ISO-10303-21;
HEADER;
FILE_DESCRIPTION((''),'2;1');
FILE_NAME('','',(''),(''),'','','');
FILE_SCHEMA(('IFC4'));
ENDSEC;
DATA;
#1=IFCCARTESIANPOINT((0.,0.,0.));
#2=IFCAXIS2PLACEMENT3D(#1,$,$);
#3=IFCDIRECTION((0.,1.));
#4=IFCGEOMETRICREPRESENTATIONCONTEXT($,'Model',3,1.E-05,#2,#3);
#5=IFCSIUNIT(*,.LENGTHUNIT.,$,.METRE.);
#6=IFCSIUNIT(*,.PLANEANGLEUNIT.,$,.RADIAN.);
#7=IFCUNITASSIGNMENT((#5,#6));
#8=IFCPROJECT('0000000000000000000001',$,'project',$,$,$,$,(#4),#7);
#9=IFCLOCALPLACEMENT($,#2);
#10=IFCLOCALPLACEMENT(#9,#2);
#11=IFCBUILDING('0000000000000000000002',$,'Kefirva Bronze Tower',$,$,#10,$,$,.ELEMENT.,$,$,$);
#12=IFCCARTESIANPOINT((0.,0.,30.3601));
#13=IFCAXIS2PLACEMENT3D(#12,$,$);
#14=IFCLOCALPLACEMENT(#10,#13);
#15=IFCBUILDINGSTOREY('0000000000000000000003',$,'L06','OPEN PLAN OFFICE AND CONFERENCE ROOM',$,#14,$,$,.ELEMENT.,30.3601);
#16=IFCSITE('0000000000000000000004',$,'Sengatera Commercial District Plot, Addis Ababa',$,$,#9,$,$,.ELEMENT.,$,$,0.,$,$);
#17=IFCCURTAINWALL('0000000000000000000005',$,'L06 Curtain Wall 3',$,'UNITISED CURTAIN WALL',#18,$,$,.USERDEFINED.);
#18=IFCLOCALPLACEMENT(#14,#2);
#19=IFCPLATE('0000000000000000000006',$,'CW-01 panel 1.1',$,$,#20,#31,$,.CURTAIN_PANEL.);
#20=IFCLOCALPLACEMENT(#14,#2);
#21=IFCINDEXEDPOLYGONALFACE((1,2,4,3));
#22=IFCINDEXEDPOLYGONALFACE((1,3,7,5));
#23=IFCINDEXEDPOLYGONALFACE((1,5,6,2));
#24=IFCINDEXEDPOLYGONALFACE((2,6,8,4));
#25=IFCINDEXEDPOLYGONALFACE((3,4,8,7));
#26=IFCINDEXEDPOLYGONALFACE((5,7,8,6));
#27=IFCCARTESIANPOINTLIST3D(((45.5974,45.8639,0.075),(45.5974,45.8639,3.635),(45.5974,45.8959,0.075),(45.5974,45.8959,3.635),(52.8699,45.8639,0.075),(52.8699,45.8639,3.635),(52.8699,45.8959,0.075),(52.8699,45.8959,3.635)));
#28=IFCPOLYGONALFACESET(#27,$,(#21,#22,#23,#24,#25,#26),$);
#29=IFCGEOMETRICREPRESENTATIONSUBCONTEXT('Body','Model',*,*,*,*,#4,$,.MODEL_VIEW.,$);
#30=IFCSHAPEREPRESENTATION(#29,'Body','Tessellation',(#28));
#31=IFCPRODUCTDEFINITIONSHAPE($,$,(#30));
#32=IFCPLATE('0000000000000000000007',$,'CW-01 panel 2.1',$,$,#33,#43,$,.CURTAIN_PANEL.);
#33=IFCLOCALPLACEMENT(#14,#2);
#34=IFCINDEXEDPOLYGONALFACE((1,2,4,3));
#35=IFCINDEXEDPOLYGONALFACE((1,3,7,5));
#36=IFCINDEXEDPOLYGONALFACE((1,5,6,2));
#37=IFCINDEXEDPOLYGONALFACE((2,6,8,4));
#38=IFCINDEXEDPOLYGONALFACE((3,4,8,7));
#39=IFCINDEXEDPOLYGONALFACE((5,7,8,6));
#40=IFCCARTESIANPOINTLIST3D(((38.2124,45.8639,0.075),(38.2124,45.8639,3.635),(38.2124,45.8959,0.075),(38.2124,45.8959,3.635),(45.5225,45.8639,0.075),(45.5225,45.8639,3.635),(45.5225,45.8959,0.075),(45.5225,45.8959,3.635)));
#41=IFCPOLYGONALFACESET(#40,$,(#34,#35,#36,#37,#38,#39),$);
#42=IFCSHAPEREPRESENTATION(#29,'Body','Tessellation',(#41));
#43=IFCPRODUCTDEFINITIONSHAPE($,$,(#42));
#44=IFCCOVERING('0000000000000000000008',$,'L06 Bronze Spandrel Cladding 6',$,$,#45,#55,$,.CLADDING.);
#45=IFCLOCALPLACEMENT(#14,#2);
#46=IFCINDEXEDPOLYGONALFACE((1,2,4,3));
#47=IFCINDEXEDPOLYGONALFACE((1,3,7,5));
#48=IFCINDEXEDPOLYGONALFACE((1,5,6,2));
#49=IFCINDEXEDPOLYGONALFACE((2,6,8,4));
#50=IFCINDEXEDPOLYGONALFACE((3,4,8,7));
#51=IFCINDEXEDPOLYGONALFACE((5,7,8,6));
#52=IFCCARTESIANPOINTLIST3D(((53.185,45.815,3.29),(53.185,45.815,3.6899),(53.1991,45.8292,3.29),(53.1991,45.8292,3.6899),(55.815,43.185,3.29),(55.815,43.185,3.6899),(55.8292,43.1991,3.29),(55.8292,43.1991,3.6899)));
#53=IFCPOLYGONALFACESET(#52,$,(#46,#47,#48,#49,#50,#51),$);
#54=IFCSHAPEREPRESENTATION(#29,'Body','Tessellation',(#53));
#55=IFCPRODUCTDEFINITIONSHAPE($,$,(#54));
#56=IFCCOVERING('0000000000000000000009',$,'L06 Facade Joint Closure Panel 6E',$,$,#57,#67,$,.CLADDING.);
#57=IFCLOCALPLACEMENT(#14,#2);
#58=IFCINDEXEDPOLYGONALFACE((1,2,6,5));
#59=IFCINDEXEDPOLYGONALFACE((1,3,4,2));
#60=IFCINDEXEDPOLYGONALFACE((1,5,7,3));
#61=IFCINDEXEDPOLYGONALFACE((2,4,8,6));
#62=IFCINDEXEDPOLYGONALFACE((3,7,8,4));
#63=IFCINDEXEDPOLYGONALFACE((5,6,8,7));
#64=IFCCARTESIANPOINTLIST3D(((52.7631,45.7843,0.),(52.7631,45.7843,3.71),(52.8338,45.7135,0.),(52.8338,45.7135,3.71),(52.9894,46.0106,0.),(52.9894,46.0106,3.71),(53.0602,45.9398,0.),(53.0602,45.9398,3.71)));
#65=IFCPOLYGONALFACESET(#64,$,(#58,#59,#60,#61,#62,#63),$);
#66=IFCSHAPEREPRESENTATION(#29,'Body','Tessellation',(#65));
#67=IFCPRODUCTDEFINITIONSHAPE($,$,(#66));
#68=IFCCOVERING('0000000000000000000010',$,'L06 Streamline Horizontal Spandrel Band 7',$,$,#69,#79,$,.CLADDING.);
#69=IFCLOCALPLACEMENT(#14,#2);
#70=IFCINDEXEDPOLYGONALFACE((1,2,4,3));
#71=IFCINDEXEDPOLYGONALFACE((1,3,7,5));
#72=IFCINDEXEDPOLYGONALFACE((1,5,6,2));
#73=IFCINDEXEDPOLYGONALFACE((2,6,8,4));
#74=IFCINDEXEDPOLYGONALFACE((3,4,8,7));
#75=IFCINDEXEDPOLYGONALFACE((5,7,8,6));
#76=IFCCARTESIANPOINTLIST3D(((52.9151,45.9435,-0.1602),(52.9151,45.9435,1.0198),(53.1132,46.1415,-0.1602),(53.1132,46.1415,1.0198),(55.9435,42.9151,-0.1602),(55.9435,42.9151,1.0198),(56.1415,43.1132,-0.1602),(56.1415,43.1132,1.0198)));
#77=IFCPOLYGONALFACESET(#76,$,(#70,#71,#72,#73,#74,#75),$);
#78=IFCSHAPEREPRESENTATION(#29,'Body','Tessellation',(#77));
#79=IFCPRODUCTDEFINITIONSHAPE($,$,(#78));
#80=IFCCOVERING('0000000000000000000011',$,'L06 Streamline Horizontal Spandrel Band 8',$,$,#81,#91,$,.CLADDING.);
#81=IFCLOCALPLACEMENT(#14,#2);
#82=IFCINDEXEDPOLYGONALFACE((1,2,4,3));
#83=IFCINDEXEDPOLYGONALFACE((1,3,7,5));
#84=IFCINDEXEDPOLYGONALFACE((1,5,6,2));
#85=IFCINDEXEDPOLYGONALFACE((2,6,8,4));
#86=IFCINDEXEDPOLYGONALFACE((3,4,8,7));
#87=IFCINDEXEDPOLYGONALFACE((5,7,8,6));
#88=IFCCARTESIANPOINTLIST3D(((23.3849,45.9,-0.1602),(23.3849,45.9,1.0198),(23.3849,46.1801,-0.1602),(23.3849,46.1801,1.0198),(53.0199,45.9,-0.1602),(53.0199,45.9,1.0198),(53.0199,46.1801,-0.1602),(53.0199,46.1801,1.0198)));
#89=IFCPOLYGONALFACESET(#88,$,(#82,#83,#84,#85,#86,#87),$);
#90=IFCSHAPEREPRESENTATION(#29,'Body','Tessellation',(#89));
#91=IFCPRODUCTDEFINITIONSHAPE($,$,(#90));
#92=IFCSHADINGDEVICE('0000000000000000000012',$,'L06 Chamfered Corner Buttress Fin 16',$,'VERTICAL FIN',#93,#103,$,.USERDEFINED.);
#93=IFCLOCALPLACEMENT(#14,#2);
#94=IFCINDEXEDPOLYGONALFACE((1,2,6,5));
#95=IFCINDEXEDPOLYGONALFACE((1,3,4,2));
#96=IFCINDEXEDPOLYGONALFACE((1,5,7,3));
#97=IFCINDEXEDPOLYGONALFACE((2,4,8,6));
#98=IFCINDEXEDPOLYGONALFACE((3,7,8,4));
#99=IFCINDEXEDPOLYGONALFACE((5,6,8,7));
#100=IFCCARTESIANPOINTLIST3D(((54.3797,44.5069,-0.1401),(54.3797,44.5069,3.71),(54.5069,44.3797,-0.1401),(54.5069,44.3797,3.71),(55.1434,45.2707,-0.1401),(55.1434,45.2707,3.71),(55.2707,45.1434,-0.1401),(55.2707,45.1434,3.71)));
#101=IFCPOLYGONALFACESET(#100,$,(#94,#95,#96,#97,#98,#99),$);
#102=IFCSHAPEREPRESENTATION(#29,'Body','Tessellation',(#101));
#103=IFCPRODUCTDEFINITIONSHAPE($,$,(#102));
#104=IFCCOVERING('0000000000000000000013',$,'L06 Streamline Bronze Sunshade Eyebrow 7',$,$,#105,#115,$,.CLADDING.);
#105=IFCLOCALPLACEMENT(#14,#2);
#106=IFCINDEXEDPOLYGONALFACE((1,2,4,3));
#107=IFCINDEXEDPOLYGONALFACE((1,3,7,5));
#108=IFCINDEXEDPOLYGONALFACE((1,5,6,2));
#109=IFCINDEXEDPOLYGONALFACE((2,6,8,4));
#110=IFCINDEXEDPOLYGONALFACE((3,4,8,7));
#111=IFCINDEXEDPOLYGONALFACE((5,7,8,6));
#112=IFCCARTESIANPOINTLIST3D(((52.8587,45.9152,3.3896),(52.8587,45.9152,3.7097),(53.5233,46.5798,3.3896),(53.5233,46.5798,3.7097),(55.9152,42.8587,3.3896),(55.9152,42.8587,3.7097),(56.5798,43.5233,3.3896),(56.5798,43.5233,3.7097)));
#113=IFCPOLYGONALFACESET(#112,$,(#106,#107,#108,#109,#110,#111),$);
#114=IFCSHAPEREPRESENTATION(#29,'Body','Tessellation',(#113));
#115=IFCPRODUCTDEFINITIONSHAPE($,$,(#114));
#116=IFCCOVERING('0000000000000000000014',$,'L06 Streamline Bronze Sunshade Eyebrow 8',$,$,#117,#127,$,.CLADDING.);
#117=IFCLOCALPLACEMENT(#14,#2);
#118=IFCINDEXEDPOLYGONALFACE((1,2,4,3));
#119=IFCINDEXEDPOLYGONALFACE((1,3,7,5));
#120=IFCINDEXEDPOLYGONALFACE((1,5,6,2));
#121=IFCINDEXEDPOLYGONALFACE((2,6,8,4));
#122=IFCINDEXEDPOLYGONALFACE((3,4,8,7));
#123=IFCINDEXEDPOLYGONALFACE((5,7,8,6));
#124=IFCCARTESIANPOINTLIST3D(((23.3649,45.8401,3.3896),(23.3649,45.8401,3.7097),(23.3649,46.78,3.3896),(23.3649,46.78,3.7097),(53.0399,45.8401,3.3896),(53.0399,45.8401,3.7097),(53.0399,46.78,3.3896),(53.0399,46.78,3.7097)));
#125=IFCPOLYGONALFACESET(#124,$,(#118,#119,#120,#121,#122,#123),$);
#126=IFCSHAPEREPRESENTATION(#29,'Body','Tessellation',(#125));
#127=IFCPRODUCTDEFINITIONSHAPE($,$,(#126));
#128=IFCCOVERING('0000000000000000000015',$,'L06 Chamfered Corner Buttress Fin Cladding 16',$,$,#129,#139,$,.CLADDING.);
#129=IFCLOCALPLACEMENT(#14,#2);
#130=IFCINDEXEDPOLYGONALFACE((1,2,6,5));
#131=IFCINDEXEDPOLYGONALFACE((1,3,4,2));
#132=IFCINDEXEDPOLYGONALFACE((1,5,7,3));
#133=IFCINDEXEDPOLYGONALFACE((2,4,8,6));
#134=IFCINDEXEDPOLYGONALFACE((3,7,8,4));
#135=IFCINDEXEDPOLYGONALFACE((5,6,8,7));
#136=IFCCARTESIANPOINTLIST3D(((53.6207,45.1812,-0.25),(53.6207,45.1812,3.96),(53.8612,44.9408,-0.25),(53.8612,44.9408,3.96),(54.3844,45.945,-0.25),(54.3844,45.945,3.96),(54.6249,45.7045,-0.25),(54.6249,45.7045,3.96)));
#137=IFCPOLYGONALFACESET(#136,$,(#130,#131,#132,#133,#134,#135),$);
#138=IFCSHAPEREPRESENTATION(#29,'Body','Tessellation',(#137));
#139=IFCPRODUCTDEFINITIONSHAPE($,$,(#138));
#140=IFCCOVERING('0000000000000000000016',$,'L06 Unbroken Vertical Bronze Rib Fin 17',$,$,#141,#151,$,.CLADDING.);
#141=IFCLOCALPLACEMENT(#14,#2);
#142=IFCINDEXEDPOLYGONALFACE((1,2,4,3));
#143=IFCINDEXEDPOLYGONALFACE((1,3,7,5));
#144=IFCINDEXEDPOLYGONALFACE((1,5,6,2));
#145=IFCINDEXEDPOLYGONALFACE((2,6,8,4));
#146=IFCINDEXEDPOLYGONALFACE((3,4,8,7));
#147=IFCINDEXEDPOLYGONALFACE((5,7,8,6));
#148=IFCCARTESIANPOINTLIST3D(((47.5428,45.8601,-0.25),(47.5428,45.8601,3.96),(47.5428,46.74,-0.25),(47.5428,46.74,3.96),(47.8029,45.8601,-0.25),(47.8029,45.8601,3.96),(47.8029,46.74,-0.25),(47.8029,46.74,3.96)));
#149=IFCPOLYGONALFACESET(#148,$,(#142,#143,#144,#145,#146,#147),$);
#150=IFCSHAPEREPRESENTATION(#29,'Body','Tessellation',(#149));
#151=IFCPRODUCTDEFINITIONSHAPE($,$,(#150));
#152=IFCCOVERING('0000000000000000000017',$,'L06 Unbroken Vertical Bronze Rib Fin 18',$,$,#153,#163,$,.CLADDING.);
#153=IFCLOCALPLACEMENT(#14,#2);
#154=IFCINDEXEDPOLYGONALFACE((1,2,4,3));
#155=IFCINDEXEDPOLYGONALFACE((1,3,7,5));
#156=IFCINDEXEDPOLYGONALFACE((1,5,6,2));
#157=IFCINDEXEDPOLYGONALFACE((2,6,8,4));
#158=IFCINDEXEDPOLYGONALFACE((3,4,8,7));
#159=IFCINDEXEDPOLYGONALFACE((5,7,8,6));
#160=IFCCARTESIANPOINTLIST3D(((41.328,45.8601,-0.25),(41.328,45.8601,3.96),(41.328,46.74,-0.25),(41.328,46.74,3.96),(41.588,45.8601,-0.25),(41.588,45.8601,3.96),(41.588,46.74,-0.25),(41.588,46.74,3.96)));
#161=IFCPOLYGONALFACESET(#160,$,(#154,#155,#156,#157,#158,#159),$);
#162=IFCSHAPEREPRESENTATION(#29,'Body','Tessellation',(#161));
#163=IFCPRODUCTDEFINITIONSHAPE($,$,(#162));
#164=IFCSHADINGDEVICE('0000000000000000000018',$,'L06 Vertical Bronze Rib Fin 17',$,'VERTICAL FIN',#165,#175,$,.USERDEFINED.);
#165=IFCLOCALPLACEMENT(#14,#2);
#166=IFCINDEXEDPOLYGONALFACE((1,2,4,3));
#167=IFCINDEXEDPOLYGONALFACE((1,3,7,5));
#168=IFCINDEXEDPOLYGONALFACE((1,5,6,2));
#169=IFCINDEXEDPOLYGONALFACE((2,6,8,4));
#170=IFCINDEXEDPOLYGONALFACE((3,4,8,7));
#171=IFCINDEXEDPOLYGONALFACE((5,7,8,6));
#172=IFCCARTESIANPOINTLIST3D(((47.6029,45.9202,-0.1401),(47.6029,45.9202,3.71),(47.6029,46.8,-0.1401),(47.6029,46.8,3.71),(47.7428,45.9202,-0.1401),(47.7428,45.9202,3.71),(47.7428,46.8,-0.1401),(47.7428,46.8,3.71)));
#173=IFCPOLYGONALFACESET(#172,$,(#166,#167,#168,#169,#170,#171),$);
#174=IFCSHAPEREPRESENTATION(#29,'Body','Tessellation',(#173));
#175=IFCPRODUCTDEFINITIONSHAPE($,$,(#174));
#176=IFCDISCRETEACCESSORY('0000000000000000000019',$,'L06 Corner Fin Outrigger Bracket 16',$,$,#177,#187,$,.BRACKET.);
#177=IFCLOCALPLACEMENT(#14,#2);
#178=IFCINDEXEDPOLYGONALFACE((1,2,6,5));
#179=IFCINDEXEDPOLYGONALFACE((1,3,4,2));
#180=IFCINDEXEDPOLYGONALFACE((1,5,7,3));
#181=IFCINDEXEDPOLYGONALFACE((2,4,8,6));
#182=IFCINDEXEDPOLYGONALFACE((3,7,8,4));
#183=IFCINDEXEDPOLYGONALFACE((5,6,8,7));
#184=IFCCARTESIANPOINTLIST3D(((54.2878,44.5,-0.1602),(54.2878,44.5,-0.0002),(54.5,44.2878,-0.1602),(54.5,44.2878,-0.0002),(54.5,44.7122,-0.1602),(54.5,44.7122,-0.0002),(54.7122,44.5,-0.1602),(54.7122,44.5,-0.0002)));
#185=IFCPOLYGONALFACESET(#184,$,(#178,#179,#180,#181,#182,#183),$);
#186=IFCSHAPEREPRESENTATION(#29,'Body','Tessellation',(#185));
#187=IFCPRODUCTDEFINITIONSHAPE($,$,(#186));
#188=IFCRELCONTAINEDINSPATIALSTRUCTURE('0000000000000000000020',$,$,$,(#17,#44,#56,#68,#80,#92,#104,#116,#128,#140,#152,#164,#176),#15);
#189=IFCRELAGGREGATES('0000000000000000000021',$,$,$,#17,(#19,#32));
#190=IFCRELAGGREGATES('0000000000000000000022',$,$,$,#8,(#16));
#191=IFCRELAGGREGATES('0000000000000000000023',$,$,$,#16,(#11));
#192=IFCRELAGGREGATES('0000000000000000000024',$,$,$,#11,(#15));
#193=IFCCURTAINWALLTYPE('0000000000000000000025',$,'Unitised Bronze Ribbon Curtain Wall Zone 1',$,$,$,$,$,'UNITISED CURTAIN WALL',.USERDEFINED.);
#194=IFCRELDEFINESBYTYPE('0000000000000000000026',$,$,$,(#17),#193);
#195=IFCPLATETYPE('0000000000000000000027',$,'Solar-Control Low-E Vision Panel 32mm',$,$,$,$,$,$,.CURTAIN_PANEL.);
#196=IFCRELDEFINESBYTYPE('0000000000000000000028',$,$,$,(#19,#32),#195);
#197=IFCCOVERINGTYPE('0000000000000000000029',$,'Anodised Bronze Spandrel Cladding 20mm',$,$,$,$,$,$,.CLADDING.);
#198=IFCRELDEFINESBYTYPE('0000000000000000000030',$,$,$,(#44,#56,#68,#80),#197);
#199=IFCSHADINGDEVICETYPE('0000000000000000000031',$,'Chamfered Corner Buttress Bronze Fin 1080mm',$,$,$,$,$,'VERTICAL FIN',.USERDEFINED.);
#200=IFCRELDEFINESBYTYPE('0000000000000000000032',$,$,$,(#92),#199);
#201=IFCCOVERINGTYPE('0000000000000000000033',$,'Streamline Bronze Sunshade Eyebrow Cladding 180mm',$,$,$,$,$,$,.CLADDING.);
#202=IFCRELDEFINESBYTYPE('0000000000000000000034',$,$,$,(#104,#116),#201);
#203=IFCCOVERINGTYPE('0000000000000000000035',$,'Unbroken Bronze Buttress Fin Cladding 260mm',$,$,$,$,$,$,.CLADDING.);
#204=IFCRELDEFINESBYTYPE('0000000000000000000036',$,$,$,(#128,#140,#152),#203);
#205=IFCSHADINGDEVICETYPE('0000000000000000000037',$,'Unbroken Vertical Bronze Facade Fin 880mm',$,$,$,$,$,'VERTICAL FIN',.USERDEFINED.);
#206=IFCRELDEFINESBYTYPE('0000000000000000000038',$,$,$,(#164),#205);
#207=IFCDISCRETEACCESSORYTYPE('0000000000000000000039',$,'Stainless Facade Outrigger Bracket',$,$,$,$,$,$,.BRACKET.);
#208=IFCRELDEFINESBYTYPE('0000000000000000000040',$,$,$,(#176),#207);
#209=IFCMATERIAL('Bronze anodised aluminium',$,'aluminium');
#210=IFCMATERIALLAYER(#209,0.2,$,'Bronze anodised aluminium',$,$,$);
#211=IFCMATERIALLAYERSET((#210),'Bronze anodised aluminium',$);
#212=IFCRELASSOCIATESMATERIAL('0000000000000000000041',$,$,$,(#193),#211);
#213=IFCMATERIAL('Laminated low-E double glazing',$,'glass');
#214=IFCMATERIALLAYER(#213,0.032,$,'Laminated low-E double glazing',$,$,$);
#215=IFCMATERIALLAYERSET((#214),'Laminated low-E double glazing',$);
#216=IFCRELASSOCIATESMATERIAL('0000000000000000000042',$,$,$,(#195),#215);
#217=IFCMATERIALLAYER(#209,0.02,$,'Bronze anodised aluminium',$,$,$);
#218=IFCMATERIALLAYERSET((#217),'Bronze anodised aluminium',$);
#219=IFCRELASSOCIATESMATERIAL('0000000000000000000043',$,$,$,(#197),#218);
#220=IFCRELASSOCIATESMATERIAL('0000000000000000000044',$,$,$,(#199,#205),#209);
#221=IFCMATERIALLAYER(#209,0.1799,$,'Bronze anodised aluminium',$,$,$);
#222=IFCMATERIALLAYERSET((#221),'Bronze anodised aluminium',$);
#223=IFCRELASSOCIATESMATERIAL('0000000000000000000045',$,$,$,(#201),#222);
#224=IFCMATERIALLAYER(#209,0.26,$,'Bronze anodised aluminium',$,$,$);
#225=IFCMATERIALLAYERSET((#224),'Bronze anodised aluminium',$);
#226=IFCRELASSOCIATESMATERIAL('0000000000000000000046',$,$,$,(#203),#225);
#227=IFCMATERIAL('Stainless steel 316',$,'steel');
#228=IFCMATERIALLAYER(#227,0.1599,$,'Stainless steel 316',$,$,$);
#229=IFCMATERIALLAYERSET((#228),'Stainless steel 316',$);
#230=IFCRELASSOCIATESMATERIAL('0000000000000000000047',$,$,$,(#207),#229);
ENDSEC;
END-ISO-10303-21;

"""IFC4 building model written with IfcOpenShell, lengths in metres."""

from ifc_helpers import new_model, si_unit, direction, frame, origin, origin_2d, place, context, subcontext, project, spatial, rectangle, extrude, material, layer, layer_set, material_profile, profile_set, type_object, element, aggregate, save


model = new_model("IFC4")

# Units and contexts
model_context = context("Model", 3, precision=1e-05, world=origin(), true_north=direction((0.0, 1.0)))
body_context = subcontext(model_context, "Body", "Model", "MODEL_VIEW")
ifc_project = project(units=[si_unit("LENGTHUNIT", "METRE"), si_unit("PLANEANGLEUNIT", "RADIAN")], contexts=[model_context])

# Site, building, storey
site_placement = place(None, origin())
site = spatial("IfcSite", under=ifc_project, at=site_placement, Name="Sengatera Commercial District Plot, Addis Ababa", CompositionType="ELEMENT", RefElevation=0.0)
building_placement = place(site_placement, origin())
building = spatial("IfcBuilding", under=site, at=building_placement, Name="Kefirva Bronze Tower", CompositionType="ELEMENT")
storey_placement = place(building_placement, frame((0.0, 0.0, 30.3601)))
storey = spatial("IfcBuildingStorey", under=building, at=storey_placement, Name="L06", Description="OPEN PLAN OFFICE AND CONFERENCE ROOM", CompositionType="ELEMENT", Elevation=30.3601)

# Curtain wall
ifc_material_1 = material(Name="Bronze anodised aluminium", Category="aluminium")
ifc_layer_1 = layer(ifc_material_1, 0.2, Name="Bronze anodised aluminium")
ifc_layer_set_1 = layer_set([ifc_layer_1], Name="Bronze anodised aluminium")
curtain_wall_type = type_object("IfcCurtainWallType", Name="Unitised Bronze Ribbon Curtain Wall Zone 1", ElementType="UNITISED CURTAIN WALL", PredefinedType="USERDEFINED", material=ifc_layer_set_1)
curtain_wall_placement = place(storey_placement, origin())
curtain_wall = element("IfcCurtainWall", 1, at=curtain_wall_placement, inside=storey, type_object=curtain_wall_type, Name="L06 Curtain Wall 3", ObjectType="UNITISED CURTAIN WALL", PredefinedType="USERDEFINED")

# Plates
ifc_material_2 = material(Name="Laminated low-E double glazing", Category="glass")
ifc_layer_2 = layer(ifc_material_2, 0.032, Name="Laminated low-E double glazing")
ifc_layer_set_2 = layer_set([ifc_layer_2], Name="Laminated low-E double glazing")
plate_type = type_object("IfcPlateType", Name="Solar-Control Low-E Vision Panel 32mm", PredefinedType="CURTAIN_PANEL", material=ifc_layer_set_2)
plate_1_placement = place(storey_placement, frame((49.2336, 45.8799, 0.075), z_axis=(0.0, 0.0, 1.0), x_axis=(-1.0, 0.0, 0.0)))
plate_1 = element("IfcPlate", 2, at=plate_1_placement, type_object=plate_type, Name="CW-01 panel 1.1", PredefinedType="CURTAIN_PANEL", context=body_context, shape_type="SweptSolid", body=[
    extrude(rectangle(XDim=7.2725, YDim=0.032, at=origin_2d()), origin(), (0.0, 0.0, 1.0), 3.5601),
])
plate_2_placement = place(storey_placement, frame((41.8674, 45.8799, 0.075), z_axis=(0.0, 0.0, 1.0), x_axis=(-1.0, 0.0, 0.0)))
plate_2 = element("IfcPlate", 3, at=plate_2_placement, type_object=plate_type, Name="CW-01 panel 2.1", PredefinedType="CURTAIN_PANEL", context=body_context, shape_type="SweptSolid", body=[
    extrude(rectangle(XDim=7.3101, YDim=0.032, at=origin_2d()), origin(), (0.0, 0.0, 1.0), 3.5601),
])
aggregate(curtain_wall, [plate_1, plate_2])

# Coverings
ifc_layer_3 = layer(ifc_material_1, 0.02, Name="Bronze anodised aluminium")
ifc_layer_set_3 = layer_set([ifc_layer_3], Name="Bronze anodised aluminium")
covering_type_1 = type_object("IfcCoveringType", Name="Anodised Bronze Spandrel Cladding 20mm", PredefinedType="CLADDING", material=ifc_layer_set_3)
covering_1_placement = place(storey_placement, frame((54.5071, 44.5071, 3.29), z_axis=(0.0, 0.0, 1.0), x_axis=(-0.707107, 0.707107, 0.0)))
element("IfcCovering", 4, at=covering_1_placement, inside=storey, type_object=covering_type_1, Name="L06 Bronze Spandrel Cladding 6", PredefinedType="CLADDING", context=body_context, shape_type="SweptSolid", body=[
    extrude(rectangle(XDim=3.7195, YDim=0.02, at=origin_2d()), origin(), (0.0, 0.0, 1.0), 0.3999),
])
covering_2_placement = place(storey_placement, frame((52.9116, 45.8621, 0.0), z_axis=(0.0, 0.0, 1.0), x_axis=(-0.707107, 0.707107, 0.0)))
element("IfcCovering", 5, at=covering_2_placement, inside=storey, type_object=covering_type_1, Name="L06 Facade Joint Closure Panel 6E", PredefinedType="CLADDING", context=body_context, shape_type="SweptSolid", body=[
    extrude(rectangle(XDim=0.1001, YDim=0.3201, at=origin_2d()), origin(), (0.0, 0.0, 1.0), 3.71),
])
covering_3_placement = place(storey_placement, frame((54.5283, 44.5283, -0.1602), z_axis=(0.0, 0.0, 1.0), x_axis=(-0.707107, 0.707107, 0.0)))
element("IfcCovering", 6, at=covering_3_placement, inside=storey, type_object=covering_type_1, Name="L06 Streamline Horizontal Spandrel Band 7", PredefinedType="CLADDING", context=body_context, shape_type="SweptSolid", body=[
    extrude(rectangle(XDim=4.2827, YDim=0.28, at=origin_2d()), origin(), (0.0, 0.0, 1.0), 1.1799),
])
covering_4_placement = place(storey_placement, frame((38.2024, 46.04, -0.1602), z_axis=(0.0, 0.0, 1.0), x_axis=(-1.0, 0.0, 0.0)))
element("IfcCovering", 7, at=covering_4_placement, inside=storey, type_object=covering_type_1, Name="L06 Streamline Horizontal Spandrel Band 8", PredefinedType="CLADDING", context=body_context, shape_type="SweptSolid", body=[
    extrude(rectangle(XDim=29.635, YDim=0.28, at=origin_2d()), origin(), (0.0, 0.0, 1.0), 1.1799),
])

# Shading device
ifc_material_profile_1 = material_profile(ifc_material_1, rectangle(XDim=0.1799, YDim=1.0801, at=origin_2d()), Name="BRONZE BUTTRESS FIN 180x1080")
ifc_profile_set_1 = profile_set([ifc_material_profile_1], Name="Bronze anodised aluminium")
shading_device_type_1 = type_object("IfcShadingDeviceType", Name="Chamfered Corner Buttress Bronze Fin 1080mm", ElementType="VERTICAL FIN", PredefinedType="USERDEFINED", material=ifc_profile_set_1)
shading_device_1_placement = place(storey_placement, frame((54.8252, 44.8252, -0.1401), z_axis=(0.0, 0.0, 1.0), x_axis=(-0.707107, 0.707107, 0.0)))
element("IfcShadingDevice", 8, at=shading_device_1_placement, inside=storey, type_object=shading_device_type_1, Name="L06 Chamfered Corner Buttress Fin 16", ObjectType="VERTICAL FIN", PredefinedType="USERDEFINED", context=body_context, shape_type="SweptSolid", body=[
    extrude(rectangle(XDim=0.1799, YDim=1.0801, at=origin_2d()), origin(), (0.0, 0.0, 1.0), 3.8501),
])

# Coverings
ifc_layer_4 = layer(ifc_material_1, 0.1799, Name="Bronze anodised aluminium")
ifc_layer_set_4 = layer_set([ifc_layer_4], Name="Bronze anodised aluminium")
covering_type_2 = type_object("IfcCoveringType", Name="Streamline Bronze Sunshade Eyebrow Cladding 180mm", PredefinedType="CLADDING", material=ifc_layer_set_4)
covering_5_placement = place(storey_placement, frame((54.7192, 44.7192, 3.3896), z_axis=(0.0, 0.0, 1.0), x_axis=(-0.707107, 0.707107, 0.0)))
element("IfcCovering", 9, at=covering_5_placement, inside=storey, type_object=covering_type_2, Name="L06 Streamline Bronze Sunshade Eyebrow 7", PredefinedType="CLADDING", context=body_context, shape_type="SweptSolid", body=[
    extrude(rectangle(XDim=4.3225, YDim=0.9399, at=origin_2d()), origin(), (0.0, 0.0, 1.0), 0.3201),
])
covering_6_placement = place(storey_placement, frame((38.2024, 46.3101, 3.3896), z_axis=(0.0, 0.0, 1.0), x_axis=(-1.0, 0.0, 0.0)))
element("IfcCovering", 10, at=covering_6_placement, inside=storey, type_object=covering_type_2, Name="L06 Streamline Bronze Sunshade Eyebrow 8", PredefinedType="CLADDING", context=body_context, shape_type="SweptSolid", body=[
    extrude(rectangle(XDim=29.675, YDim=0.9399, at=origin_2d()), origin(), (0.0, 0.0, 1.0), 0.3201),
])
ifc_layer_5 = layer(ifc_material_1, 0.26, Name="Bronze anodised aluminium")
ifc_layer_set_5 = layer_set([ifc_layer_5], Name="Bronze anodised aluminium")
covering_type_3 = type_object("IfcCoveringType", Name="Unbroken Bronze Buttress Fin Cladding 260mm", PredefinedType="CLADDING", material=ifc_layer_set_5)
covering_7_placement = place(storey_placement, frame((54.1228, 45.4429, -0.25), z_axis=(0.0, 0.0, 1.0), x_axis=(-0.707107, 0.707107, 0.0)))
element("IfcCovering", 11, at=covering_7_placement, inside=storey, type_object=covering_type_3, Name="L06 Chamfered Corner Buttress Fin Cladding 16", PredefinedType="CLADDING", context=body_context, shape_type="SweptSolid", body=[
    extrude(rectangle(XDim=0.3401, YDim=1.0801, at=origin_2d()), origin(), (0.0, 0.0, 1.0), 4.21),
])
for number, where, z_axis, x_axis, name in (
    (12, (47.6729, 46.3, -0.25), (0.0, 0.0, 1.0), (-1.0, 0.0, 0.0), "L06 Unbroken Vertical Bronze Rib Fin 17"),
    (13, (41.458, 46.3, -0.25), (0.0, 0.0, 1.0), (-1.0, 0.0, 0.0), "L06 Unbroken Vertical Bronze Rib Fin 18"),
):
    element("IfcCovering", number, at=place(storey_placement, frame(where, z_axis=z_axis, x_axis=x_axis)), inside=storey, type_object=covering_type_3, Name=name, PredefinedType="CLADDING", context=body_context, shape_type="SweptSolid", body=[
        extrude(rectangle(XDim=0.26, YDim=0.8799, at=origin_2d()), origin(), (0.0, 0.0, 1.0), 4.21),
    ])

# Shading device
ifc_material_profile_2 = material_profile(ifc_material_1, rectangle(XDim=0.1399, YDim=0.8799, at=origin_2d()), Name="BRONZE FIN 140x880")
ifc_profile_set_2 = profile_set([ifc_material_profile_2], Name="Bronze anodised aluminium")
shading_device_type_2 = type_object("IfcShadingDeviceType", Name="Unbroken Vertical Bronze Facade Fin 880mm", ElementType="VERTICAL FIN", PredefinedType="USERDEFINED", material=ifc_profile_set_2)
shading_device_2_placement = place(storey_placement, frame((47.6729, 46.3601, -0.1401), z_axis=(0.0, 0.0, 1.0), x_axis=(-1.0, 0.0, 0.0)))
element("IfcShadingDevice", 14, at=shading_device_2_placement, inside=storey, type_object=shading_device_type_2, Name="L06 Vertical Bronze Rib Fin 17", ObjectType="VERTICAL FIN", PredefinedType="USERDEFINED", context=body_context, shape_type="SweptSolid", body=[
    extrude(rectangle(XDim=0.1399, YDim=0.8799, at=origin_2d()), origin(), (0.0, 0.0, 1.0), 3.8501),
])

# Discrete accessory
ifc_material_3 = material(Name="Stainless steel 316", Category="steel")
ifc_layer_6 = layer(ifc_material_3, 0.1599, Name="Stainless steel 316")
ifc_layer_set_6 = layer_set([ifc_layer_6], Name="Stainless steel 316")
discrete_accessory_type = type_object("IfcDiscreteAccessoryType", Name="Stainless Facade Outrigger Bracket", PredefinedType="BRACKET", material=ifc_layer_set_6)
discrete_accessory_1_placement = place(storey_placement, frame((54.5, 44.5, -0.1602), z_axis=(0.0, 0.0, 1.0), x_axis=(-0.707107, 0.707107, 0.0)))
element("IfcDiscreteAccessory", 15, at=discrete_accessory_1_placement, inside=storey, type_object=discrete_accessory_type, Name="L06 Corner Fin Outrigger Bracket 16", PredefinedType="BRACKET", context=body_context, shape_type="SweptSolid", body=[
    extrude(rectangle(XDim=0.3, YDim=0.3, at=origin_2d()), origin(), (0.0, 0.0, 1.0), 0.1599),
])

save(model, "model.ifc")
